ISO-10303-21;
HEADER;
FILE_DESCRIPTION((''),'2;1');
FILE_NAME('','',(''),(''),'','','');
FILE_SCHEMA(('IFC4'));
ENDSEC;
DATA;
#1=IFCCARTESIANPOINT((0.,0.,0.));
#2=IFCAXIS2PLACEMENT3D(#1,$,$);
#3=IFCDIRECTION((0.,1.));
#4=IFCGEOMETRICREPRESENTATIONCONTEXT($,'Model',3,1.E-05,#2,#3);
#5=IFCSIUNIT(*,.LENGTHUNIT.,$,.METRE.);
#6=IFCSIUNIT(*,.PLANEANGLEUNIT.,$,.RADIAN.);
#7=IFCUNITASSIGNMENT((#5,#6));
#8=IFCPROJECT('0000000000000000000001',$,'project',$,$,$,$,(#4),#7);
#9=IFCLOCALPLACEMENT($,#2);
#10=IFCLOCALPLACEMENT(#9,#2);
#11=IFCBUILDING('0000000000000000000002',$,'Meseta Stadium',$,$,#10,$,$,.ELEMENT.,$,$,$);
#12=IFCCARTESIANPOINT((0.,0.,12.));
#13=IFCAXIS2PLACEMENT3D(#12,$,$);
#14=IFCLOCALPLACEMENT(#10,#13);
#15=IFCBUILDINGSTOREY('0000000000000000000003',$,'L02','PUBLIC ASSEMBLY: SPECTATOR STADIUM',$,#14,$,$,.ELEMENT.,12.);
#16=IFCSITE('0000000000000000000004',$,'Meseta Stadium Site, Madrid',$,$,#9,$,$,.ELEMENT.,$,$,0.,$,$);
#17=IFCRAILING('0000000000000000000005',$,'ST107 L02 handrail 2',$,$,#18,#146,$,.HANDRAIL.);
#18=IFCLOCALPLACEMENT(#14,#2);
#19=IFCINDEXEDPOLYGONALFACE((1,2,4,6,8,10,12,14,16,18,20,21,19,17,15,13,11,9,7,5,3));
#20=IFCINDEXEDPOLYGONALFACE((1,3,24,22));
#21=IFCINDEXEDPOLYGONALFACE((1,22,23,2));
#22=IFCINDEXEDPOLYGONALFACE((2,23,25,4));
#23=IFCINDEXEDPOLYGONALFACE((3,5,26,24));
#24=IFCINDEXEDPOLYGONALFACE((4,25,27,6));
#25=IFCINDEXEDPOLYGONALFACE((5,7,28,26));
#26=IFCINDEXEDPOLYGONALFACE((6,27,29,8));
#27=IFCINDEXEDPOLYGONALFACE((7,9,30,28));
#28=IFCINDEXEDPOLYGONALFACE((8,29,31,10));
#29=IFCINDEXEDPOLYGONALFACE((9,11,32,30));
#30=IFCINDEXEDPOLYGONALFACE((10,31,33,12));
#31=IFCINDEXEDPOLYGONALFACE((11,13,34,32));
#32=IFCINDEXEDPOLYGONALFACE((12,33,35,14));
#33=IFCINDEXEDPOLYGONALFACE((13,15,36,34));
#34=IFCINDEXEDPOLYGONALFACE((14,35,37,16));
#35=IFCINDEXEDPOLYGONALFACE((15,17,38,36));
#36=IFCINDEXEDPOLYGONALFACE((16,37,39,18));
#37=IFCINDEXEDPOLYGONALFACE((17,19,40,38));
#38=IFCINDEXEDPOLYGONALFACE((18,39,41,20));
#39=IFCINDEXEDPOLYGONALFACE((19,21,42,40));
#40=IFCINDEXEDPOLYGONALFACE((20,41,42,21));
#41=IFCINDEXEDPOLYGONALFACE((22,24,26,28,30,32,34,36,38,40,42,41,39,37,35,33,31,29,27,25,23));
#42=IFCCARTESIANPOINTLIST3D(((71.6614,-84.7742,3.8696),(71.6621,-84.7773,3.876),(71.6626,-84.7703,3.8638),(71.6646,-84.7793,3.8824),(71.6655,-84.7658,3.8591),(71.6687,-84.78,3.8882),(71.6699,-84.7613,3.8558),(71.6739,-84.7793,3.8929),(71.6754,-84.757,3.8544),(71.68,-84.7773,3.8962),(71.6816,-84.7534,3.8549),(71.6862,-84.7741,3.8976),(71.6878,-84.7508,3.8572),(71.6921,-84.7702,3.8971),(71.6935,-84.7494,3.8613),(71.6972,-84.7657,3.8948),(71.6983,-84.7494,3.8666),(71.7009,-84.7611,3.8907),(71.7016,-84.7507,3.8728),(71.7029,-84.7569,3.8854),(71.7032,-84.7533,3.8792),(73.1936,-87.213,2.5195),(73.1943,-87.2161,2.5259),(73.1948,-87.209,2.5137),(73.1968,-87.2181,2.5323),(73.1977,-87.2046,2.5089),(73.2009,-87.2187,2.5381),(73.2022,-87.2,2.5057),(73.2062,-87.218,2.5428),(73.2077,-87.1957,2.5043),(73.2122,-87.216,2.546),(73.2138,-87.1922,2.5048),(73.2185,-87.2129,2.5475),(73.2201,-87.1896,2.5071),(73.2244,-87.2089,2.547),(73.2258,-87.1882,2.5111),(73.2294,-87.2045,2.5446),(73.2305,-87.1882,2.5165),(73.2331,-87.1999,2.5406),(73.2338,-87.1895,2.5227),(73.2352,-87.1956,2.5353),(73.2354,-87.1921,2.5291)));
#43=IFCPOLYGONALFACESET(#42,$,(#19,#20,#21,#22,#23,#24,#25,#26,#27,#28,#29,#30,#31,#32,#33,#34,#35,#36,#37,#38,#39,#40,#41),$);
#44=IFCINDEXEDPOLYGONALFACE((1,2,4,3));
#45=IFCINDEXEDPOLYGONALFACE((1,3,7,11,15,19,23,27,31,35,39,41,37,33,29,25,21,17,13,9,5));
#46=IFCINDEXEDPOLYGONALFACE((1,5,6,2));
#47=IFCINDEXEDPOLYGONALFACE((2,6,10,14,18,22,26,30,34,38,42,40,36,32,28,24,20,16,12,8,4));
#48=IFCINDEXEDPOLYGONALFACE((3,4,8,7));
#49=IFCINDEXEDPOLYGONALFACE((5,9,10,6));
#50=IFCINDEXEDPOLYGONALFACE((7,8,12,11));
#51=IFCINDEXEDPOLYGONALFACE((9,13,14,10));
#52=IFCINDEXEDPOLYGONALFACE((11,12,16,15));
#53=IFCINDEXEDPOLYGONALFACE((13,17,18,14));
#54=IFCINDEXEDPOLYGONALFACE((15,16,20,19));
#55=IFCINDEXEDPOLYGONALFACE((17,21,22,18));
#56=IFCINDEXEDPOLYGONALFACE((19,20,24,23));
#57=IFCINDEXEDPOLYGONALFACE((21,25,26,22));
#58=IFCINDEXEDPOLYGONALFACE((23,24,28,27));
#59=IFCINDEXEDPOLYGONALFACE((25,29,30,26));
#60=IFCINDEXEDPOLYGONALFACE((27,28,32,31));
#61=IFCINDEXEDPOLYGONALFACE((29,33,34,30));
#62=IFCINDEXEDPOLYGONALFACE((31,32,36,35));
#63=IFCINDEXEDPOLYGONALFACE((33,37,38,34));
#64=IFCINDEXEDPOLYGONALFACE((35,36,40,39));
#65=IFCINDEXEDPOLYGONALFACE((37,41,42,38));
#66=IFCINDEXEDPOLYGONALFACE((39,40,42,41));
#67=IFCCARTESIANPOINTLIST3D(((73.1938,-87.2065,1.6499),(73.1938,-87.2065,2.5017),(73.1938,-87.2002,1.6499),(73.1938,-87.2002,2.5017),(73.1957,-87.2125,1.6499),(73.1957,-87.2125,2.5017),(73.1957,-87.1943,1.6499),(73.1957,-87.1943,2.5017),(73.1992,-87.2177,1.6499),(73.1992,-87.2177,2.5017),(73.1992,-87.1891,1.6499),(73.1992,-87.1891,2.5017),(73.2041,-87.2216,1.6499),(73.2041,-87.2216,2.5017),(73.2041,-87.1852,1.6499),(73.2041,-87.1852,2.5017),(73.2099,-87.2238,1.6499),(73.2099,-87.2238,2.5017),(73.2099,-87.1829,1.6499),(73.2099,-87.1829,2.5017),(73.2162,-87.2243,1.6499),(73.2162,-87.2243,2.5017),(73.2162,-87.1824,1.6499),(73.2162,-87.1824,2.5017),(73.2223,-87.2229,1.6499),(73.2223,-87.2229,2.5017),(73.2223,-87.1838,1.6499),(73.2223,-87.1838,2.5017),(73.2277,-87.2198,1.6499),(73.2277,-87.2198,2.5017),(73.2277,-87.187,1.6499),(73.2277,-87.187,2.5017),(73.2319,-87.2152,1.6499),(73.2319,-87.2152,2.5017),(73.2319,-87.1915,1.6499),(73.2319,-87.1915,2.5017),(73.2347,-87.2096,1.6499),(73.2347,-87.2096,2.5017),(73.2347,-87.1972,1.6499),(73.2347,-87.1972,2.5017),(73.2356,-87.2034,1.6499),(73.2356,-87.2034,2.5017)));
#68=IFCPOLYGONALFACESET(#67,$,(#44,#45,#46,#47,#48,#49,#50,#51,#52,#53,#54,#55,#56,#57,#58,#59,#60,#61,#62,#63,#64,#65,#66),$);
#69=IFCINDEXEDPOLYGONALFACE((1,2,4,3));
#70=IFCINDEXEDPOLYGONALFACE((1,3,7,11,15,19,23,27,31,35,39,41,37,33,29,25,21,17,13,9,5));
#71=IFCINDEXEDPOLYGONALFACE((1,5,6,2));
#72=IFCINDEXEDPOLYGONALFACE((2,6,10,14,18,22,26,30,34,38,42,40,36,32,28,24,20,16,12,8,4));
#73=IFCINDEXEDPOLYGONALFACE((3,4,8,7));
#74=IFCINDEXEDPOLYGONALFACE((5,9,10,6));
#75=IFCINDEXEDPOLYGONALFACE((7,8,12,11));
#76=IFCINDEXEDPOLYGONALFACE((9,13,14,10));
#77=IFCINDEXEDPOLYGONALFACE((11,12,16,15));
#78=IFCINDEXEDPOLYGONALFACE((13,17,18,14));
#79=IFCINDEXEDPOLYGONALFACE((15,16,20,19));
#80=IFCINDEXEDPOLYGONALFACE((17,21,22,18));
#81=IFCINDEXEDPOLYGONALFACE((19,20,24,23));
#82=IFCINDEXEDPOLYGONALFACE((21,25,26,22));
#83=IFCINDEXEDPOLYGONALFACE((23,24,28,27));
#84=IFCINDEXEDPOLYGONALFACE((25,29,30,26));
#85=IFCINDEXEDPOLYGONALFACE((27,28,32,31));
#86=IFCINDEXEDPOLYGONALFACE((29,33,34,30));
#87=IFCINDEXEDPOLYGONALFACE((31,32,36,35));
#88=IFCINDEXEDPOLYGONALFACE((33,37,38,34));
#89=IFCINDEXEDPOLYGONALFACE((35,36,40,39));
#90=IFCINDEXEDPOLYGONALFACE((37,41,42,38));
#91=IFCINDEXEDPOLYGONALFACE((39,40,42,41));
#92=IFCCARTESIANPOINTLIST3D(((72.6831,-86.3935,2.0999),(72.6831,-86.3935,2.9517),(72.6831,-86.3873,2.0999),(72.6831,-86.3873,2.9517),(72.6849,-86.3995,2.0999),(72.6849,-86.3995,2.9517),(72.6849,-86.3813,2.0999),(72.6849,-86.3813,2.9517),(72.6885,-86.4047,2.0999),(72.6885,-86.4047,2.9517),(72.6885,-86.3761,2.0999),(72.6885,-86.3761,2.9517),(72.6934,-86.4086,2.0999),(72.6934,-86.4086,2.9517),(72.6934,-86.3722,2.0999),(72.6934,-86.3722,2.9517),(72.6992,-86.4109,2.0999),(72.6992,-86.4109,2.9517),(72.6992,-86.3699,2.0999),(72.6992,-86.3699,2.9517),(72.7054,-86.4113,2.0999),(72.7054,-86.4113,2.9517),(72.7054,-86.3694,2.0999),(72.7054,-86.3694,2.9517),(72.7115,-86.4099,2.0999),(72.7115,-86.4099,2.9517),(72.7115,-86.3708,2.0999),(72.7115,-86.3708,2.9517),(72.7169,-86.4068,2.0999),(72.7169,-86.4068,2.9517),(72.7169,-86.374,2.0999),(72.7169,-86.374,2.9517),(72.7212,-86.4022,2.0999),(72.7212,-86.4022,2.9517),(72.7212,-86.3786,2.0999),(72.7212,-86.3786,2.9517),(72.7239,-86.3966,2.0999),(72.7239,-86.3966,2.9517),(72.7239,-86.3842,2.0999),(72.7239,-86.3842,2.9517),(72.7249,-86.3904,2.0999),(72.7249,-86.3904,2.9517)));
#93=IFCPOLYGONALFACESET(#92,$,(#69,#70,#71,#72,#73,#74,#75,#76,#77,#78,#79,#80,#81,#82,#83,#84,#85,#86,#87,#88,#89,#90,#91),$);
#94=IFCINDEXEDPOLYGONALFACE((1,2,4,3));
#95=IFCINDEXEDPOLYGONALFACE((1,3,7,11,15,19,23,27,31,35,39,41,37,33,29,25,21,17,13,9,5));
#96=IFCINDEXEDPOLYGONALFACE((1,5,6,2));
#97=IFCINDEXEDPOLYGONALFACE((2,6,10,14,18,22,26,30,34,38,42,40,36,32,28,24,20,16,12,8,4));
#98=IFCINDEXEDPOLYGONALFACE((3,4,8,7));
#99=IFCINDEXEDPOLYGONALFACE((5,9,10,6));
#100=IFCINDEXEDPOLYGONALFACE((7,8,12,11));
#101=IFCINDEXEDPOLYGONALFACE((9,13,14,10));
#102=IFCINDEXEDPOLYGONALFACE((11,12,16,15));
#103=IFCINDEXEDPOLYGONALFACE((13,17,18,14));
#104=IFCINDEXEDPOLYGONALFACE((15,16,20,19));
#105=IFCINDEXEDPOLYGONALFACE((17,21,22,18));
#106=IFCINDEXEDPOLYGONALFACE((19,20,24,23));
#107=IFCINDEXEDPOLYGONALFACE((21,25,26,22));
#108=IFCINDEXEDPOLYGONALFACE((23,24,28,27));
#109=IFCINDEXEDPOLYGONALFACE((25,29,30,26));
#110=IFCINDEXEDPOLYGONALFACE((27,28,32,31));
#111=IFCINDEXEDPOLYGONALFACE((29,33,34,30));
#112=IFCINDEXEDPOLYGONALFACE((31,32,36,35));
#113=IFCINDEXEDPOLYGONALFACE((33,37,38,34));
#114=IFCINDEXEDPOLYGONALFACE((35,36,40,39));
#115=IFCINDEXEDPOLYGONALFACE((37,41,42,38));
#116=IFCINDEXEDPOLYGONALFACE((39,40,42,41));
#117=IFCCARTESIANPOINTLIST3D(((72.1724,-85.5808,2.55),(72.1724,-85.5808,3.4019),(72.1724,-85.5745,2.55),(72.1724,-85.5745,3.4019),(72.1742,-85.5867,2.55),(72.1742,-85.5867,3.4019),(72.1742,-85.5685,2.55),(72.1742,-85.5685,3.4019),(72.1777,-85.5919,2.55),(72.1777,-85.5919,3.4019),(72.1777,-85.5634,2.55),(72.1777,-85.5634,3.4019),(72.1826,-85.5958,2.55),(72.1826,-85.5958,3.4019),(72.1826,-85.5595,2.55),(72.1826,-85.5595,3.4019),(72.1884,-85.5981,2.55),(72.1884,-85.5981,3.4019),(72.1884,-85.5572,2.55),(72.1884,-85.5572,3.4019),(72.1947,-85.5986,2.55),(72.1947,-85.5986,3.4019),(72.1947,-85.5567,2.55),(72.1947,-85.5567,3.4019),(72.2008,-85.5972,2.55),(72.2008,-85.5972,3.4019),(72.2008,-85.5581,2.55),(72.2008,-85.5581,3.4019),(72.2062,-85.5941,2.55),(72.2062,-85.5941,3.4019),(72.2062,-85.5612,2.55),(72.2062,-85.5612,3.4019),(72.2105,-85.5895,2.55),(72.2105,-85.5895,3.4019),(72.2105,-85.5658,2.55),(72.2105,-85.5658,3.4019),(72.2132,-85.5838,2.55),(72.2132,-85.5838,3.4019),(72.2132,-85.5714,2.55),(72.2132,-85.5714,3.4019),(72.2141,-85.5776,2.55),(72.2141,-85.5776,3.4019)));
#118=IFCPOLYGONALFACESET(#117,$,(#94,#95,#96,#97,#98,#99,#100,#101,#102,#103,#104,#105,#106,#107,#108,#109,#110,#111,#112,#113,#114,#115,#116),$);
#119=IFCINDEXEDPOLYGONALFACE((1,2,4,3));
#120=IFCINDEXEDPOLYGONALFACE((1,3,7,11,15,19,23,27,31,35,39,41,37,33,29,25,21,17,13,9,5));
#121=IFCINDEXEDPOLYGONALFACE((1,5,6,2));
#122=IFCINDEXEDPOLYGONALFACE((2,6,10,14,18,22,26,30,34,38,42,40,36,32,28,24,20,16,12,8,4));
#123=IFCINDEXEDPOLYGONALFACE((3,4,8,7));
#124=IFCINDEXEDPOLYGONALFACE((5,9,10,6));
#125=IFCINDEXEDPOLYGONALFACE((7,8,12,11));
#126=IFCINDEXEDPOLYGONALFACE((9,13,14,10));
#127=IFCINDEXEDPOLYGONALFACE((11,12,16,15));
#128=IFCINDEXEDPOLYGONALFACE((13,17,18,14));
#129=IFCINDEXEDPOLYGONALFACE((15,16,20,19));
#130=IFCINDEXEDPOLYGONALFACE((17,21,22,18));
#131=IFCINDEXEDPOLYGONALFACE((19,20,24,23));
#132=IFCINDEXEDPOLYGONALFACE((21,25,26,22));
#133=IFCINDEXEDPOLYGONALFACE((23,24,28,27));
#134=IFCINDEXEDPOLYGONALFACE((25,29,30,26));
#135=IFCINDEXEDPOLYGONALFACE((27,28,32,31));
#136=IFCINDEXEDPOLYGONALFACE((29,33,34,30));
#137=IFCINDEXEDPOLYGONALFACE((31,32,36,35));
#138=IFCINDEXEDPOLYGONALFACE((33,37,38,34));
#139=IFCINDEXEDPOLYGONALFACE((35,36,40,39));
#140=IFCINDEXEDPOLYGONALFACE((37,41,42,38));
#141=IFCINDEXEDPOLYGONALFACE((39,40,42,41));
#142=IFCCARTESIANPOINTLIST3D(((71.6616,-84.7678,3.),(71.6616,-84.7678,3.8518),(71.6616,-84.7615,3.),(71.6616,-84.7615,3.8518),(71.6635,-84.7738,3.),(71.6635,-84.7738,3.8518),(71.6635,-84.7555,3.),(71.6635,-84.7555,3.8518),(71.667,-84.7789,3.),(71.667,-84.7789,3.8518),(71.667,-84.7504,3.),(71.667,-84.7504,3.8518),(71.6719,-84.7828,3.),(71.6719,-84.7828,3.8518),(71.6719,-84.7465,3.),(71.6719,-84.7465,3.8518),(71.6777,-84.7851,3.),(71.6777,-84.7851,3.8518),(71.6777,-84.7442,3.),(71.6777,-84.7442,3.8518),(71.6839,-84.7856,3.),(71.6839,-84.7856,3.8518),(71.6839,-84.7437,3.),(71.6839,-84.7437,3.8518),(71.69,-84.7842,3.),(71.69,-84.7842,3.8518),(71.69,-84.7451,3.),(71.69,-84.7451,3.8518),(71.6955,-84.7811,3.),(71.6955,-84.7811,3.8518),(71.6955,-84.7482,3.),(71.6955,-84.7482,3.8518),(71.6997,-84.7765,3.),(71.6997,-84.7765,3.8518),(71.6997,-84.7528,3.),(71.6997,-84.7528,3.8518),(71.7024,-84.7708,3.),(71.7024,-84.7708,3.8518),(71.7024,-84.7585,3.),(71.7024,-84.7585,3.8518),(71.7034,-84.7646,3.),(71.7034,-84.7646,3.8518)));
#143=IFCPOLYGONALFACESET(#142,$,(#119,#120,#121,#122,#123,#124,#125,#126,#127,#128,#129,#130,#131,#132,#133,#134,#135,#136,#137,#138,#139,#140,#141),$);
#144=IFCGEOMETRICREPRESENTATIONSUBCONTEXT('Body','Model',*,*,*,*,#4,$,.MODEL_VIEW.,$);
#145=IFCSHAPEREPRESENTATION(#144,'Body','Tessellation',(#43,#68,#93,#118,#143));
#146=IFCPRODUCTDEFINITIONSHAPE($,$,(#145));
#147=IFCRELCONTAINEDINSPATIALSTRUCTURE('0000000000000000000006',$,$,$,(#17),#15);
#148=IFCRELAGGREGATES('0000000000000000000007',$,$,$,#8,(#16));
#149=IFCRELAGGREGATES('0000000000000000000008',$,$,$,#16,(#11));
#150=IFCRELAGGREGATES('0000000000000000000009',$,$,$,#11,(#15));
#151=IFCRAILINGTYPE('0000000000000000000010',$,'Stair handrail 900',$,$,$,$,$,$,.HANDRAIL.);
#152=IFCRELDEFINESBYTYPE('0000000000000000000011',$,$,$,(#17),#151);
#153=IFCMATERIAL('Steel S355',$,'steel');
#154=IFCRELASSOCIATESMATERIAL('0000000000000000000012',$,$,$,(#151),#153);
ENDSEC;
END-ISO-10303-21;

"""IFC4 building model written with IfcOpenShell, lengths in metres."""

from ifc_helpers import new_model, si_unit, direction, frame, origin, origin_2d, place, context, subcontext, project, spatial, circle, extrude, material, type_object, element, save


model = new_model("IFC4")

# Units and contexts
model_context = context("Model", 3, precision=1e-05, world=origin(), true_north=direction((0.0, 1.0)))
body_context = subcontext(model_context, "Body", "Model", "MODEL_VIEW")
ifc_project = project(units=[si_unit("LENGTHUNIT", "METRE"), si_unit("PLANEANGLEUNIT", "RADIAN")], contexts=[model_context])

# Site, building, storey
site_placement = place(None, origin())
site = spatial("IfcSite", under=ifc_project, at=site_placement, Name="Meseta Stadium Site, Madrid", CompositionType="ELEMENT", RefElevation=0.0)
building_placement = place(site_placement, origin())
building = spatial("IfcBuilding", under=site, at=building_placement, Name="Meseta Stadium", CompositionType="ELEMENT")
storey_placement = place(building_placement, frame((0.0, 0.0, 12.0)))
storey = spatial("IfcBuildingStorey", under=building, at=storey_placement, Name="L02", Description="PUBLIC ASSEMBLY: SPECTATOR STADIUM", CompositionType="ELEMENT", Elevation=12.0)

# Railing
ifc_material_1 = material(Name="Steel S355", Category="steel")
railing_type_1 = type_object("IfcRailingType", Name="Stair handrail 900", PredefinedType="HANDRAIL", material=ifc_material_1)
for number, where, name in (
    (1, (73.2146, -87.2034, 1.6499), "ST107 L02 handrail 2"),
):
    element("IfcRailing", number, at=place(storey_placement, frame(where)), inside=storey, type_object=railing_type_1, Name=name, PredefinedType="HANDRAIL", context=body_context, shape_type="SweptSolid", body=[
        extrude(circle(Radius=0.0239, at=origin_2d()), frame((0.0, 0.0, 0.876), z_axis=(-0.481703, 0.766687, 0.424445), x_axis=(-0.846743, -0.532001, 0.0)), (0.0, 0.0, 1.0), 3.1809),
        extrude(circle(Radius=0.021, at=origin_2d()), origin(), (0.0, 0.0, 1.0), 0.8518),
        extrude(circle(Radius=0.021, at=origin_2d()), frame((-0.5107, 0.813, 0.45)), (0.0, 0.0, 1.0), 0.8518),
        extrude(circle(Radius=0.021, at=origin_2d()), frame((-1.0215, 1.6257, 0.9001)), (0.0, 0.0, 1.0), 0.8518),
        extrude(circle(Radius=0.021, at=origin_2d()), frame((-1.5322, 2.4387, 1.3501)), (0.0, 0.0, 1.0), 0.8518),
    ])

save(model, "model.ifc")
